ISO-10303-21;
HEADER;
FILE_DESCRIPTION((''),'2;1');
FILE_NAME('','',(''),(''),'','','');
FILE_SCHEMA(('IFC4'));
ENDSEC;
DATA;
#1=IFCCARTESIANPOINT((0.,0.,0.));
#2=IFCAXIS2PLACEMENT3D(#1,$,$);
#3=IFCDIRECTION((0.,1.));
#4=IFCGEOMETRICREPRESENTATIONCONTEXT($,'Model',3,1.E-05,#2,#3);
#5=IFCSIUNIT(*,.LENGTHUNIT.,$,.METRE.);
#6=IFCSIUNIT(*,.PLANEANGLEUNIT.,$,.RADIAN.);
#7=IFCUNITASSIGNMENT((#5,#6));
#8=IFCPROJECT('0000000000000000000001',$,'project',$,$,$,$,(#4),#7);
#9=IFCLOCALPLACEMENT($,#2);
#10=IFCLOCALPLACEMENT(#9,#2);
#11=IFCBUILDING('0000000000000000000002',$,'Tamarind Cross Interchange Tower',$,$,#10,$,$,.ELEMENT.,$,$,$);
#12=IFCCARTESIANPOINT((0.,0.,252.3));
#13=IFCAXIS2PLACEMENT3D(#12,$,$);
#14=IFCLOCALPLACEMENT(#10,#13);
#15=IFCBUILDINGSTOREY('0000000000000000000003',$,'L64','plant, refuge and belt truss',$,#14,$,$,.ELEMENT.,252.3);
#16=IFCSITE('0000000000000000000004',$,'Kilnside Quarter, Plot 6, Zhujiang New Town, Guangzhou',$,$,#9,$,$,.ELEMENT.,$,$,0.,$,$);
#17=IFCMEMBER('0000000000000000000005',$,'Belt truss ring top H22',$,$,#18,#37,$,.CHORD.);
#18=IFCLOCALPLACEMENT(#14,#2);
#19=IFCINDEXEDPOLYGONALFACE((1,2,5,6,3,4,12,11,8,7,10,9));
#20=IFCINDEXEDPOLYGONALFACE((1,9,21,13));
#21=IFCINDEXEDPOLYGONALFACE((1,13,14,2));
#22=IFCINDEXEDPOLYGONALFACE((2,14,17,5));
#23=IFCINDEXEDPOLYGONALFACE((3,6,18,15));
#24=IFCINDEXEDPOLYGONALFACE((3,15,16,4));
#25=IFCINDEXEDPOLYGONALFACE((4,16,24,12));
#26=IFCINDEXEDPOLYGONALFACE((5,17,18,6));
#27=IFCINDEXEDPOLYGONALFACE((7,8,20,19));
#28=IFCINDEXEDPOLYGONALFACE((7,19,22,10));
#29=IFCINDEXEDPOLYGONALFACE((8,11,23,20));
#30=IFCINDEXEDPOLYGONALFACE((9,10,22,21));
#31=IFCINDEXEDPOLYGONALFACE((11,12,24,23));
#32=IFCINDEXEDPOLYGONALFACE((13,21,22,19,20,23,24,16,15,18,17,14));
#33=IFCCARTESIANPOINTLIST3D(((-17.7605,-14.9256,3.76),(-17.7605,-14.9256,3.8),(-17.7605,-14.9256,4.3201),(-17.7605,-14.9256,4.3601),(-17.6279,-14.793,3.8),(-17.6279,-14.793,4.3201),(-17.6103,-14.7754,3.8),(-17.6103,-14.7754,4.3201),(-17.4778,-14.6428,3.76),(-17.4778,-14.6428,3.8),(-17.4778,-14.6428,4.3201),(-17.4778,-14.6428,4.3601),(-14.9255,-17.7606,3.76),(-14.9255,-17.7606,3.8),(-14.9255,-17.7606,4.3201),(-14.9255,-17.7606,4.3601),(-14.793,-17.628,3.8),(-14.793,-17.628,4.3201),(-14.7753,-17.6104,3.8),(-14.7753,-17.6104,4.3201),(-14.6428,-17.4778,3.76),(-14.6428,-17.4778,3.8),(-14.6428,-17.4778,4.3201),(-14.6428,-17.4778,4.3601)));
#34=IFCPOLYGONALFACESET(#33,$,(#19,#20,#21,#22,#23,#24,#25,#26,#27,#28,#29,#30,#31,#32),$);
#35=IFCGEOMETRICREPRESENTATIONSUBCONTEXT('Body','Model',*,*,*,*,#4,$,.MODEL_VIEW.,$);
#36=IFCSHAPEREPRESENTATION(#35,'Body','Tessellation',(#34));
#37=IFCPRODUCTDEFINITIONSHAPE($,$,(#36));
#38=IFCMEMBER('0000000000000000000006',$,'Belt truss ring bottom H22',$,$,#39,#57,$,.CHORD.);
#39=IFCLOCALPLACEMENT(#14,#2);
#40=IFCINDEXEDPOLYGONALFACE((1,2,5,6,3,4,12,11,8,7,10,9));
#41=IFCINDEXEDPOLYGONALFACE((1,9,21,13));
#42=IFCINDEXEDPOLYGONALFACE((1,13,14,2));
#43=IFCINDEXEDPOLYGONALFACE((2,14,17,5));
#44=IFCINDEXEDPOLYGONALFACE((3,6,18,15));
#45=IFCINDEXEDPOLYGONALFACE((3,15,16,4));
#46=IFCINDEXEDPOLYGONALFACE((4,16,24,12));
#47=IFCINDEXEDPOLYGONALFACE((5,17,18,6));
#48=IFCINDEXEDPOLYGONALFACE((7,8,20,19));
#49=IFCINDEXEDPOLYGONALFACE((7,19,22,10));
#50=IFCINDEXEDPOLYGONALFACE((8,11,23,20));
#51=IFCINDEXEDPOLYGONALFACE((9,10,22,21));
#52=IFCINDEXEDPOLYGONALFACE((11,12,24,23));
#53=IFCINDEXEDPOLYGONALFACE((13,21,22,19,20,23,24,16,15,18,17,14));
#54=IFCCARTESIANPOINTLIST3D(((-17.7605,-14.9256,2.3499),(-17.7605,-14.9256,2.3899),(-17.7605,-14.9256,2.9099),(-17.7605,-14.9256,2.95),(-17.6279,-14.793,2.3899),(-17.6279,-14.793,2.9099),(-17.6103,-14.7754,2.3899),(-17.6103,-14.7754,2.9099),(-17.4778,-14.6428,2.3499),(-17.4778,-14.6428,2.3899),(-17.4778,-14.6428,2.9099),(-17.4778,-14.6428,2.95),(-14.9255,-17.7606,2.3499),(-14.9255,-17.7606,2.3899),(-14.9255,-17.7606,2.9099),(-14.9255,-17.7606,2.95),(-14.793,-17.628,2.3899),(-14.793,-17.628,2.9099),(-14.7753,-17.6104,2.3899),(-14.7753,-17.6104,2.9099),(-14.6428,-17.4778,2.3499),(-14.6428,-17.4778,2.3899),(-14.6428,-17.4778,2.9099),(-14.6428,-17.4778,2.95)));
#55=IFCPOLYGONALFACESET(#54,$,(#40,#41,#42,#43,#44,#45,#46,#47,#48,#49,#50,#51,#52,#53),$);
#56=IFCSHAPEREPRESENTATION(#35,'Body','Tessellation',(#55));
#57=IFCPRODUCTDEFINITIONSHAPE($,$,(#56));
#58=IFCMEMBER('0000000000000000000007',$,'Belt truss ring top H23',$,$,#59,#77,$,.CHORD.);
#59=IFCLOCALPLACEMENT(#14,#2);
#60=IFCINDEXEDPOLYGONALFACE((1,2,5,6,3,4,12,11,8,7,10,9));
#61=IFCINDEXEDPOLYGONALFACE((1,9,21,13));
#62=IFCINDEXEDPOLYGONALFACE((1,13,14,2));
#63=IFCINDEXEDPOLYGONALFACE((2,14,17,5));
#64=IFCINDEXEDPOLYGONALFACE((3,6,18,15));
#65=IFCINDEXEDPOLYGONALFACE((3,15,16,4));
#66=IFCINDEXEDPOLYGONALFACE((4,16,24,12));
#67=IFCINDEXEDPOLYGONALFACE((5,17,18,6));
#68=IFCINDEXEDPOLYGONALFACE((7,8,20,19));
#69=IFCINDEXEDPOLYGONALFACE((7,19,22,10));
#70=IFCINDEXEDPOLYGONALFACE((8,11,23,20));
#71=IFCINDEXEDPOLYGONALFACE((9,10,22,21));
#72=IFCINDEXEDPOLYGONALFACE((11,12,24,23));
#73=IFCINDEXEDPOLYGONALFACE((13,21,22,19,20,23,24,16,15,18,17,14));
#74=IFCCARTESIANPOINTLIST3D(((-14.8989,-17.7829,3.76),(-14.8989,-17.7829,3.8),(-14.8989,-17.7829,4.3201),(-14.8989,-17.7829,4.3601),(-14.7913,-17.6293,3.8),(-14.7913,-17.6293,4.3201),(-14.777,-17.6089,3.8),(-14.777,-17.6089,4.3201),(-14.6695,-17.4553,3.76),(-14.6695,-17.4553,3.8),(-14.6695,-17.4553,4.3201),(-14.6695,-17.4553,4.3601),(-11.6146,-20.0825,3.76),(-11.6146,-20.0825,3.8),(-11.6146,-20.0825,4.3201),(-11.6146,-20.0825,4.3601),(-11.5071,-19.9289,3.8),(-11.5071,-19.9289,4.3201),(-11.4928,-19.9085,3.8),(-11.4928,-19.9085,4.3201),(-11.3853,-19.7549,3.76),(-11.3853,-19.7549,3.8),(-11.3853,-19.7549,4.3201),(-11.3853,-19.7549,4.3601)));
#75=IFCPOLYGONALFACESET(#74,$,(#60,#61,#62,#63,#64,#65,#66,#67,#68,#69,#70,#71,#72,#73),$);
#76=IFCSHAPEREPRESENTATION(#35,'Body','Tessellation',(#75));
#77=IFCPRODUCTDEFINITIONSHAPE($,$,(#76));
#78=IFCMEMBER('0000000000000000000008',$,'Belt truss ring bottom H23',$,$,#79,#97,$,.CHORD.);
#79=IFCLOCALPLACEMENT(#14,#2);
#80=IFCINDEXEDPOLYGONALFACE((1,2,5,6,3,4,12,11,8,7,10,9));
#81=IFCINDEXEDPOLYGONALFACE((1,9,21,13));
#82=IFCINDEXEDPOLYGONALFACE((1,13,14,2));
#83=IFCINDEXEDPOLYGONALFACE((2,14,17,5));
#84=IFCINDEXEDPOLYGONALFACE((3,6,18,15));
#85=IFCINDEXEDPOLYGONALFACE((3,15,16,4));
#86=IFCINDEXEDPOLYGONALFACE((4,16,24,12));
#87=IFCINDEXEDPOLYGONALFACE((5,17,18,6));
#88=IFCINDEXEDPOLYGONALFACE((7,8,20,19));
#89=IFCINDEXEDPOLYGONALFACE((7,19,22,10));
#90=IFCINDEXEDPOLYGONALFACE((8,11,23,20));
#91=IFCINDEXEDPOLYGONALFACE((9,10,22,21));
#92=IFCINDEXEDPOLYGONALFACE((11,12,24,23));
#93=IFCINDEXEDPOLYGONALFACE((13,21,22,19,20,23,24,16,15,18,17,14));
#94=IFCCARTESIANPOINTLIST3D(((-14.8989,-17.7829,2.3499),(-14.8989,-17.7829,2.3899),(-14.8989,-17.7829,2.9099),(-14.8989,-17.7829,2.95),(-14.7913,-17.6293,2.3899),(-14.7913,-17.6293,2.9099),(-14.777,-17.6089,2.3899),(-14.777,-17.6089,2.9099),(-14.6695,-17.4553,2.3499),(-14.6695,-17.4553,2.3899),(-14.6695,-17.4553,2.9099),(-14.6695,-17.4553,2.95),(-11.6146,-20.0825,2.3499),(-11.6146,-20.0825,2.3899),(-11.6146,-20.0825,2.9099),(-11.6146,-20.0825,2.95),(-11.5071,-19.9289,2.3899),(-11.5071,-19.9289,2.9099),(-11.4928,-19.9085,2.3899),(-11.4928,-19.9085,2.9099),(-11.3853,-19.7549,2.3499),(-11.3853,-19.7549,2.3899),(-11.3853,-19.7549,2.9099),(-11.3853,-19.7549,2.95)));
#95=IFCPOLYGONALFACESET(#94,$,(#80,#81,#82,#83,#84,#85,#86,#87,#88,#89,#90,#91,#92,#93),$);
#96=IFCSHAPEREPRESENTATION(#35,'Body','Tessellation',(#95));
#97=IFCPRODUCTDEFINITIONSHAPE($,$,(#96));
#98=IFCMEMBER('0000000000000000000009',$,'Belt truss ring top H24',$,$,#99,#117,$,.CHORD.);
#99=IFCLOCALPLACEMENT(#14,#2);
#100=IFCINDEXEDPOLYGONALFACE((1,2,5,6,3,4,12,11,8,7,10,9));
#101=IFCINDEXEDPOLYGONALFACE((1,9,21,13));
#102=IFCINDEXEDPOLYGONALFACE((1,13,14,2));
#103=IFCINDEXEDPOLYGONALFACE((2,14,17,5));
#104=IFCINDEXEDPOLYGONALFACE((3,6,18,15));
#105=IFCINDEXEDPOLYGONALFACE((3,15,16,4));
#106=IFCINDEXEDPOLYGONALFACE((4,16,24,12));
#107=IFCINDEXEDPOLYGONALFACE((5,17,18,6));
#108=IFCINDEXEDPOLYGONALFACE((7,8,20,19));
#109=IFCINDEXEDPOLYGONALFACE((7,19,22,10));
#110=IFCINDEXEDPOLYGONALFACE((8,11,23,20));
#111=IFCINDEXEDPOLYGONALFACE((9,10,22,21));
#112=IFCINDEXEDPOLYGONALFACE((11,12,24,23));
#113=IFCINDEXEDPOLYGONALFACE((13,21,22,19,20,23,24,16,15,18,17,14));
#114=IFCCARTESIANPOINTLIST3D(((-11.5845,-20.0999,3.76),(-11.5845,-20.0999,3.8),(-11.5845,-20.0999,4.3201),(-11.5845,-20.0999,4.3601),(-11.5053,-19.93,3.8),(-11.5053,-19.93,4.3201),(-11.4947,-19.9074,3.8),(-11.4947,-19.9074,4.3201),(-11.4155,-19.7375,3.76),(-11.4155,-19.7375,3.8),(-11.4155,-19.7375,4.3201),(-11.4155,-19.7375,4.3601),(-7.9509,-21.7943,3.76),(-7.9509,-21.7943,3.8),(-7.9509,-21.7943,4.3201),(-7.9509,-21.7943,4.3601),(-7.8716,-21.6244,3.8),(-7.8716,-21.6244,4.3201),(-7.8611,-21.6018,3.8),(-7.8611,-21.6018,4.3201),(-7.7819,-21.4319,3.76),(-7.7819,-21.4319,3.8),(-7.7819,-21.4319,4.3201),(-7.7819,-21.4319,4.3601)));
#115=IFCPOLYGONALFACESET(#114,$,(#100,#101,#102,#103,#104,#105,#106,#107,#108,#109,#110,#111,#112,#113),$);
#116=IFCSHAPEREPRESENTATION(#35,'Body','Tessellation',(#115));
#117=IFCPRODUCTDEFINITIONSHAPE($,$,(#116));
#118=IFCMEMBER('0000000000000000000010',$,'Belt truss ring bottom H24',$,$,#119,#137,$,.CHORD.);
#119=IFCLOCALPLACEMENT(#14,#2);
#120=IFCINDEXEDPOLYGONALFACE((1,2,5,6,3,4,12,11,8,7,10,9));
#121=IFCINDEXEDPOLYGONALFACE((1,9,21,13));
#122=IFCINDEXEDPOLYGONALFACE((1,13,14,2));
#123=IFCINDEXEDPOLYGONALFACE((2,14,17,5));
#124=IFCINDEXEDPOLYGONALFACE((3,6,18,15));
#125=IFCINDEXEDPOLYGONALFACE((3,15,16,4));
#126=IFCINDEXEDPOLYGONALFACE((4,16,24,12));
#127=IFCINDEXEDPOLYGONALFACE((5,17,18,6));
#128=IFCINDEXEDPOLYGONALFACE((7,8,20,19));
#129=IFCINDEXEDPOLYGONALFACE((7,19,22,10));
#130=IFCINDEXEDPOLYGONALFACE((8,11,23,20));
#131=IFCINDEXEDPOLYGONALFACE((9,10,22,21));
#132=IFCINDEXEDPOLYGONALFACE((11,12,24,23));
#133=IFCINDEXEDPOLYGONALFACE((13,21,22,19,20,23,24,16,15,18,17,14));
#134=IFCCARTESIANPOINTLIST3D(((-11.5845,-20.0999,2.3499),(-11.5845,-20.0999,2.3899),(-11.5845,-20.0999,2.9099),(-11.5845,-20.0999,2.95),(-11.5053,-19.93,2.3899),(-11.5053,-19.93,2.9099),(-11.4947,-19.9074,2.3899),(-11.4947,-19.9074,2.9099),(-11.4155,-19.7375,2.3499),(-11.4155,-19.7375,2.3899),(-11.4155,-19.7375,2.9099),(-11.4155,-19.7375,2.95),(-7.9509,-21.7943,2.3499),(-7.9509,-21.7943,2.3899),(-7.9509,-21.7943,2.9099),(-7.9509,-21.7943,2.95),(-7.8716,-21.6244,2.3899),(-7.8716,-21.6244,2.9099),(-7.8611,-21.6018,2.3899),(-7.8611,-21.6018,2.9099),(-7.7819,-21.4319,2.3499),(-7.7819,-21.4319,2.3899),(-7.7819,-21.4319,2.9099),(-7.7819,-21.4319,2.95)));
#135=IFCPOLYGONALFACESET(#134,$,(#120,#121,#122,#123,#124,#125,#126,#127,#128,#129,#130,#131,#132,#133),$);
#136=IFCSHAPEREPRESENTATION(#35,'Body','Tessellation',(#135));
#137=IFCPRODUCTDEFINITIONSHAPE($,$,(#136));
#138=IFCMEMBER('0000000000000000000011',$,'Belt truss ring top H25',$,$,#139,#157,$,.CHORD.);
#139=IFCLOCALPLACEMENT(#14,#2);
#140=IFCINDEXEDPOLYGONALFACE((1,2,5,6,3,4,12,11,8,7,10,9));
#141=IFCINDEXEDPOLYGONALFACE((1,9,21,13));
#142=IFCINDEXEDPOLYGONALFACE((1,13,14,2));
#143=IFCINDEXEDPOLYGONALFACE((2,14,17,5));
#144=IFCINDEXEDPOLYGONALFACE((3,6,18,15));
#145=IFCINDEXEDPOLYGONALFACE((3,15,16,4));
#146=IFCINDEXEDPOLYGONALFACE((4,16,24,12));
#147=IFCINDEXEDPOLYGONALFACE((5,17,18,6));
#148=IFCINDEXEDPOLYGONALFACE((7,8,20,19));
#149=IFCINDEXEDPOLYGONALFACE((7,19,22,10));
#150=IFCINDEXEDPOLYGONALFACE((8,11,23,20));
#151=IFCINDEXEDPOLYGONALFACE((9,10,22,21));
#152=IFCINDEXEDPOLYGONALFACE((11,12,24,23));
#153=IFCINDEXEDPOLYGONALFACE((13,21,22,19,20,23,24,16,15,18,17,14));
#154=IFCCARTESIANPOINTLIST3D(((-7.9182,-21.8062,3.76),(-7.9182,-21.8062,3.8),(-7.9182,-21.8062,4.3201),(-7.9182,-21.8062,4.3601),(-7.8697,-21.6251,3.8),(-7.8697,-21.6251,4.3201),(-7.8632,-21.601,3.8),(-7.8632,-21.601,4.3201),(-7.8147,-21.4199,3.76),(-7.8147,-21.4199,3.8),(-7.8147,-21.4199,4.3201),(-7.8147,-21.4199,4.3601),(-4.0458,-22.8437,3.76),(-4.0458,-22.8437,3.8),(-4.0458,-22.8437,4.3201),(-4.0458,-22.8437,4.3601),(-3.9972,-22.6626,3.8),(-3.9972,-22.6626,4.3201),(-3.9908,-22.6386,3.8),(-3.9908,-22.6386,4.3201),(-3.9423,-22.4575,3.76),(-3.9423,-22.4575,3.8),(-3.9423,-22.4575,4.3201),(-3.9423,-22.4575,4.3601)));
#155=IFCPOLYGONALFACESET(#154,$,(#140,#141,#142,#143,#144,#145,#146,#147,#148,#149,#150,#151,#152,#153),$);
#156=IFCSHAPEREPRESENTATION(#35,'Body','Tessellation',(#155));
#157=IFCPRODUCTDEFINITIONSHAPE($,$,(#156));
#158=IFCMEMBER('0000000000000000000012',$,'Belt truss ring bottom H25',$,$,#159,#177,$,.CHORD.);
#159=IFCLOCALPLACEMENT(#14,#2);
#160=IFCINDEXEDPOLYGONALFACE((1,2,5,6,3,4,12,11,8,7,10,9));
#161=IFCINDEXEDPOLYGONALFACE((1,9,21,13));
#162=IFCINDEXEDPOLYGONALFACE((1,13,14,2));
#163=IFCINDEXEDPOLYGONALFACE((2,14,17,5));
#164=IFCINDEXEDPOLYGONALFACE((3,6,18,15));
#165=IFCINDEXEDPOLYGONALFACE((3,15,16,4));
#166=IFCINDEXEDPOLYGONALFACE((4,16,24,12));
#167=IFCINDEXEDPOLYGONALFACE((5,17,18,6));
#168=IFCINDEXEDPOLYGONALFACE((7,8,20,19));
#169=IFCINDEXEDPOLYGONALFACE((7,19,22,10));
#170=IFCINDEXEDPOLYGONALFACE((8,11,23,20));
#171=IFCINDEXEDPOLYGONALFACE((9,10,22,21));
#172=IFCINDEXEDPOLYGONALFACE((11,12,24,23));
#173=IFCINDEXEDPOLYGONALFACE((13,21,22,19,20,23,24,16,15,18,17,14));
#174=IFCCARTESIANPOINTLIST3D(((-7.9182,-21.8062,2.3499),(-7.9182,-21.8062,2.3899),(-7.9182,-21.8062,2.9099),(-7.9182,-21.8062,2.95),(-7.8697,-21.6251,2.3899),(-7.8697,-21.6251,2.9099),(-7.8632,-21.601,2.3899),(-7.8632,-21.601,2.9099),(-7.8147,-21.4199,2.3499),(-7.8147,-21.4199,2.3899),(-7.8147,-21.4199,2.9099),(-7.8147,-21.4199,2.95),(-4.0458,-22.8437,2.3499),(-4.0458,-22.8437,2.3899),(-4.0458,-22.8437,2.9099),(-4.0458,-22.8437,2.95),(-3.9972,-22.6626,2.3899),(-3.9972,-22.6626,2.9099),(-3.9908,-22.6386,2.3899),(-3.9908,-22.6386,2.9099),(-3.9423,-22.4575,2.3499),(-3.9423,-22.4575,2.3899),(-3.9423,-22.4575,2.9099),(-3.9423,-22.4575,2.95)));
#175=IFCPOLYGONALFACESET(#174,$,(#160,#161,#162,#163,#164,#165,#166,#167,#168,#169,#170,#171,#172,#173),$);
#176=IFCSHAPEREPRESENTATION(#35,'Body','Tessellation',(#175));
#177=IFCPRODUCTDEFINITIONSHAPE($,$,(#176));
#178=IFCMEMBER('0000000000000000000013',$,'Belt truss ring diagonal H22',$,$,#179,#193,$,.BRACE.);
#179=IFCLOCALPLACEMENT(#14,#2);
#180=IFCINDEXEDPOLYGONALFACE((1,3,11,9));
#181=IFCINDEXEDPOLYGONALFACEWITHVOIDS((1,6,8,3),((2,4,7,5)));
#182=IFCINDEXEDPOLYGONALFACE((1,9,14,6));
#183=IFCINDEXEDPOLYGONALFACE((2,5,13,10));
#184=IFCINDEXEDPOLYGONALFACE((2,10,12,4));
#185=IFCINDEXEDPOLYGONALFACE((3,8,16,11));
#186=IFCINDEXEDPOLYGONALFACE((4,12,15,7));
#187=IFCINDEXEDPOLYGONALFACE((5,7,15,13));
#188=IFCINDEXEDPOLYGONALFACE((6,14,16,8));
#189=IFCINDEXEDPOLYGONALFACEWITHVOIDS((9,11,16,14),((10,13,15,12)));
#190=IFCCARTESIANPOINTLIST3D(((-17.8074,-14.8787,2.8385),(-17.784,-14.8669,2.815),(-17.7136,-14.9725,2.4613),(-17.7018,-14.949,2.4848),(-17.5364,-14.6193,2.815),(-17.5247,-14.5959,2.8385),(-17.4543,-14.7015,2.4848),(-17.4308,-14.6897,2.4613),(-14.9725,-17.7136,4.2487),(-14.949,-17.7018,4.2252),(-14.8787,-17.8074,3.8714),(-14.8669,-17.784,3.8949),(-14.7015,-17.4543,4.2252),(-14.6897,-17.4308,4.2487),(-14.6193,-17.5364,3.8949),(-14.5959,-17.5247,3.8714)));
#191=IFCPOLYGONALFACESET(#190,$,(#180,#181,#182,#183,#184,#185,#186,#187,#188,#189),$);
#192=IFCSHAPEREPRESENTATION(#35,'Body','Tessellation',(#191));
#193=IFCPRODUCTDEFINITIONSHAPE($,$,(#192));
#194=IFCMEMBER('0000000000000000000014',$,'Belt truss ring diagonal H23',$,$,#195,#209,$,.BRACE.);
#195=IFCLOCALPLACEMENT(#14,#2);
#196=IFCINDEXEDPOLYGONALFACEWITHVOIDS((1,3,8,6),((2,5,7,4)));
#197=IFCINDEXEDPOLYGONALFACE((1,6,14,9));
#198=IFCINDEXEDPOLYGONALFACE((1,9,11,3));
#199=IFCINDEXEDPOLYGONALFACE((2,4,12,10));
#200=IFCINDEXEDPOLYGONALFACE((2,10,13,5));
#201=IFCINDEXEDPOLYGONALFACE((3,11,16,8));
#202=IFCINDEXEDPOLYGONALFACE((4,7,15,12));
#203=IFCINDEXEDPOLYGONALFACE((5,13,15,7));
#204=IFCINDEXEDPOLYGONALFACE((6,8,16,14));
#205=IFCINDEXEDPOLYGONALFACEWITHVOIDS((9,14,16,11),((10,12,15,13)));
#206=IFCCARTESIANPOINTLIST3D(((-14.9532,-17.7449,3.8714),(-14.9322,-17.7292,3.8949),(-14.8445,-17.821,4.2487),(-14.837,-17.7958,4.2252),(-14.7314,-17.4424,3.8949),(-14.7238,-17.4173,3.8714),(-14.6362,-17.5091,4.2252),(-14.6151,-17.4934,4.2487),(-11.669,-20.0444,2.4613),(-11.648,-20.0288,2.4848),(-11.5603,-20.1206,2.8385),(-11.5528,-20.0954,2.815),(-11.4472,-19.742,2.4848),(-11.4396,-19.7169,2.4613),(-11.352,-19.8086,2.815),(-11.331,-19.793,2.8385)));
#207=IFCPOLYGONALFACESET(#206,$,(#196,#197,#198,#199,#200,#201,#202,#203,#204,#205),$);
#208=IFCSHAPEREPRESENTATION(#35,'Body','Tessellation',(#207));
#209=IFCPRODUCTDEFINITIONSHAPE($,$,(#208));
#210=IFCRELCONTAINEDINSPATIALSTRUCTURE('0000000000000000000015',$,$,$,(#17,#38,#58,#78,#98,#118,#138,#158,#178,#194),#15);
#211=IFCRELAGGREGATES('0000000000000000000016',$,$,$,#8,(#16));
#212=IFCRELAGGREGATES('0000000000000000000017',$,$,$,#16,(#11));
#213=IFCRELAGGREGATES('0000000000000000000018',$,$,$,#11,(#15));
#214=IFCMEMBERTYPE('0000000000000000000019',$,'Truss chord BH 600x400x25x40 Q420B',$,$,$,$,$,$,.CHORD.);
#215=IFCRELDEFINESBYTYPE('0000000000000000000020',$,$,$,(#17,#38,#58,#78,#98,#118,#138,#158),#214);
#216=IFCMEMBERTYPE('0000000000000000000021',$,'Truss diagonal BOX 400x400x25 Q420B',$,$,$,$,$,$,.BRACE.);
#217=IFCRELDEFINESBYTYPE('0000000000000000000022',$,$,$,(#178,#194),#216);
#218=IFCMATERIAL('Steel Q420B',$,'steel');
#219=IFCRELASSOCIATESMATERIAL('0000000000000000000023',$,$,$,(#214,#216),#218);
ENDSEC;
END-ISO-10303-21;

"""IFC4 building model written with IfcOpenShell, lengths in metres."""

from ifc_helpers import new_model, si_unit, direction, frame, origin, origin_2d, place, context, subcontext, project, spatial, hollow_rectangle, i_section, extrude, material, material_profile, profile_set, type_object, element, save


model = new_model("IFC4")

# Units and contexts
model_context = context("Model", 3, precision=1e-05, world=origin(), true_north=direction((0.0, 1.0)))
body_context = subcontext(model_context, "Body", "Model", "MODEL_VIEW")
ifc_project = project(units=[si_unit("LENGTHUNIT", "METRE"), si_unit("PLANEANGLEUNIT", "RADIAN")], contexts=[model_context])

# Site, building, storey
site_placement = place(None, origin())
site = spatial("IfcSite", under=ifc_project, at=site_placement, Name="Kilnside Quarter, Plot 6, Zhujiang New Town, Guangzhou", CompositionType="ELEMENT", RefElevation=0.0)
building_placement = place(site_placement, origin())
building = spatial("IfcBuilding", under=site, at=building_placement, Name="Tamarind Cross Interchange Tower", CompositionType="ELEMENT")
storey_placement = place(building_placement, frame((0.0, 0.0, 252.3)))
storey = spatial("IfcBuildingStorey", under=building, at=storey_placement, Name="L64", Description="plant, refuge and belt truss", CompositionType="ELEMENT", Elevation=252.3)

# Members
ifc_material_1 = material(Name="Steel Q420B", Category="steel")
ifc_material_profile_1 = material_profile(ifc_material_1, i_section(OverallWidth=0.3999, OverallDepth=0.6001, WebThickness=0.0249, FlangeThickness=0.04, at=origin_2d()), Name="BH 600x400x25x40")
ifc_profile_set_1 = profile_set([ifc_material_profile_1], Name="Steel Q420B")
member_type_1 = type_object("IfcMemberType", Name="Truss chord BH 600x400x25x40 Q420B", PredefinedType="CHORD", material=ifc_profile_set_1)
for number, where, z_axis, x_axis, name in (
    (1, (-17.6191, -14.7842, 4.0601), (0.707107, -0.707107, 0.0), (0.707107, 0.707107, 0.0), "Belt truss ring top H22"),
    (2, (-17.6191, -14.7842, 2.6499), (0.707107, -0.707107, 0.0), (0.707107, 0.707107, 0.0), "Belt truss ring bottom H22"),
    (3, (-14.7842, -17.6191, 4.0601), (0.819158, -0.573569, 0.0), (0.573569, 0.819158, 0.0), "Belt truss ring top H23"),
    (4, (-14.7842, -17.6191, 2.6499), (0.819158, -0.573569, 0.0), (0.573569, 0.819158, 0.0), "Belt truss ring bottom H23"),
    (5, (-11.5, -19.9187, 4.0601), (0.906309, -0.422615, 0.0), (0.422615, 0.906309, 0.0), "Belt truss ring top H24"),
    (6, (-11.5, -19.9187, 2.6499), (0.906309, -0.422615, 0.0), (0.422615, 0.906309, 0.0), "Belt truss ring bottom H24"),
):
    element("IfcMember", number, at=place(storey_placement, frame(where, z_axis=z_axis, x_axis=x_axis)), inside=storey, type_object=member_type_1, Name=name, PredefinedType="CHORD", context=body_context, shape_type="SweptSolid", body=[
        extrude(i_section(OverallWidth=0.3999, OverallDepth=0.6001, WebThickness=0.0249, FlangeThickness=0.04, at=origin_2d()), origin(), (0.0, 0.0, 1.0), 4.0093),
    ])
for number, where, z_axis, x_axis, name in (
    (7, (-7.8665, -21.613, 4.0601), (0.965929, -0.258807, 0.0), (0.258807, 0.965929, 0.0), "Belt truss ring top H25"),
    (8, (-7.8665, -21.613, 2.6499), (0.965929, -0.258807, 0.0), (0.258807, 0.965929, 0.0), "Belt truss ring bottom H25"),
):
    element("IfcMember", number, at=place(storey_placement, frame(where, z_axis=z_axis, x_axis=x_axis)), inside=storey, type_object=member_type_1, Name=name, PredefinedType="CHORD", context=body_context, shape_type="SweptSolid", body=[
        extrude(i_section(OverallWidth=0.3999, OverallDepth=0.6001, WebThickness=0.0249, FlangeThickness=0.04, at=origin_2d()), origin(), (0.0, 0.0, 1.0), 4.009),
    ])
ifc_material_profile_2 = material_profile(ifc_material_1, hollow_rectangle(XDim=0.3999, YDim=0.3999, WallThickness=0.0249, at=origin_2d()), Name="BOX 400x400x25")
ifc_profile_set_2 = profile_set([ifc_material_profile_2], Name="Steel Q420B")
member_type_2 = type_object("IfcMemberType", Name="Truss diagonal BOX 400x400x25 Q420B", PredefinedType="BRACE", material=ifc_profile_set_2)
for number, where, z_axis, x_axis, name in (
    (9, (-17.6191, -14.7842, 2.6499), (0.667049, -0.667049, 0.331801), (0.707107, 0.707107, 0.0), "Belt truss ring diagonal H22"),
    (10, (-14.7842, -17.6191, 4.0601), (0.772751, -0.541075, -0.331803), (0.573569, 0.819158, 0.0), "Belt truss ring diagonal H23"),
):
    element("IfcMember", number, at=place(storey_placement, frame(where, z_axis=z_axis, x_axis=x_axis)), inside=storey, type_object=member_type_2, Name=name, PredefinedType="BRACE", context=body_context, shape_type="SweptSolid", body=[
        extrude(hollow_rectangle(XDim=0.3999, YDim=0.3999, WallThickness=0.0249, at=origin_2d()), origin(), (0.0, 0.0, 1.0), 4.25),
    ])

save(model, "model.ifc")
